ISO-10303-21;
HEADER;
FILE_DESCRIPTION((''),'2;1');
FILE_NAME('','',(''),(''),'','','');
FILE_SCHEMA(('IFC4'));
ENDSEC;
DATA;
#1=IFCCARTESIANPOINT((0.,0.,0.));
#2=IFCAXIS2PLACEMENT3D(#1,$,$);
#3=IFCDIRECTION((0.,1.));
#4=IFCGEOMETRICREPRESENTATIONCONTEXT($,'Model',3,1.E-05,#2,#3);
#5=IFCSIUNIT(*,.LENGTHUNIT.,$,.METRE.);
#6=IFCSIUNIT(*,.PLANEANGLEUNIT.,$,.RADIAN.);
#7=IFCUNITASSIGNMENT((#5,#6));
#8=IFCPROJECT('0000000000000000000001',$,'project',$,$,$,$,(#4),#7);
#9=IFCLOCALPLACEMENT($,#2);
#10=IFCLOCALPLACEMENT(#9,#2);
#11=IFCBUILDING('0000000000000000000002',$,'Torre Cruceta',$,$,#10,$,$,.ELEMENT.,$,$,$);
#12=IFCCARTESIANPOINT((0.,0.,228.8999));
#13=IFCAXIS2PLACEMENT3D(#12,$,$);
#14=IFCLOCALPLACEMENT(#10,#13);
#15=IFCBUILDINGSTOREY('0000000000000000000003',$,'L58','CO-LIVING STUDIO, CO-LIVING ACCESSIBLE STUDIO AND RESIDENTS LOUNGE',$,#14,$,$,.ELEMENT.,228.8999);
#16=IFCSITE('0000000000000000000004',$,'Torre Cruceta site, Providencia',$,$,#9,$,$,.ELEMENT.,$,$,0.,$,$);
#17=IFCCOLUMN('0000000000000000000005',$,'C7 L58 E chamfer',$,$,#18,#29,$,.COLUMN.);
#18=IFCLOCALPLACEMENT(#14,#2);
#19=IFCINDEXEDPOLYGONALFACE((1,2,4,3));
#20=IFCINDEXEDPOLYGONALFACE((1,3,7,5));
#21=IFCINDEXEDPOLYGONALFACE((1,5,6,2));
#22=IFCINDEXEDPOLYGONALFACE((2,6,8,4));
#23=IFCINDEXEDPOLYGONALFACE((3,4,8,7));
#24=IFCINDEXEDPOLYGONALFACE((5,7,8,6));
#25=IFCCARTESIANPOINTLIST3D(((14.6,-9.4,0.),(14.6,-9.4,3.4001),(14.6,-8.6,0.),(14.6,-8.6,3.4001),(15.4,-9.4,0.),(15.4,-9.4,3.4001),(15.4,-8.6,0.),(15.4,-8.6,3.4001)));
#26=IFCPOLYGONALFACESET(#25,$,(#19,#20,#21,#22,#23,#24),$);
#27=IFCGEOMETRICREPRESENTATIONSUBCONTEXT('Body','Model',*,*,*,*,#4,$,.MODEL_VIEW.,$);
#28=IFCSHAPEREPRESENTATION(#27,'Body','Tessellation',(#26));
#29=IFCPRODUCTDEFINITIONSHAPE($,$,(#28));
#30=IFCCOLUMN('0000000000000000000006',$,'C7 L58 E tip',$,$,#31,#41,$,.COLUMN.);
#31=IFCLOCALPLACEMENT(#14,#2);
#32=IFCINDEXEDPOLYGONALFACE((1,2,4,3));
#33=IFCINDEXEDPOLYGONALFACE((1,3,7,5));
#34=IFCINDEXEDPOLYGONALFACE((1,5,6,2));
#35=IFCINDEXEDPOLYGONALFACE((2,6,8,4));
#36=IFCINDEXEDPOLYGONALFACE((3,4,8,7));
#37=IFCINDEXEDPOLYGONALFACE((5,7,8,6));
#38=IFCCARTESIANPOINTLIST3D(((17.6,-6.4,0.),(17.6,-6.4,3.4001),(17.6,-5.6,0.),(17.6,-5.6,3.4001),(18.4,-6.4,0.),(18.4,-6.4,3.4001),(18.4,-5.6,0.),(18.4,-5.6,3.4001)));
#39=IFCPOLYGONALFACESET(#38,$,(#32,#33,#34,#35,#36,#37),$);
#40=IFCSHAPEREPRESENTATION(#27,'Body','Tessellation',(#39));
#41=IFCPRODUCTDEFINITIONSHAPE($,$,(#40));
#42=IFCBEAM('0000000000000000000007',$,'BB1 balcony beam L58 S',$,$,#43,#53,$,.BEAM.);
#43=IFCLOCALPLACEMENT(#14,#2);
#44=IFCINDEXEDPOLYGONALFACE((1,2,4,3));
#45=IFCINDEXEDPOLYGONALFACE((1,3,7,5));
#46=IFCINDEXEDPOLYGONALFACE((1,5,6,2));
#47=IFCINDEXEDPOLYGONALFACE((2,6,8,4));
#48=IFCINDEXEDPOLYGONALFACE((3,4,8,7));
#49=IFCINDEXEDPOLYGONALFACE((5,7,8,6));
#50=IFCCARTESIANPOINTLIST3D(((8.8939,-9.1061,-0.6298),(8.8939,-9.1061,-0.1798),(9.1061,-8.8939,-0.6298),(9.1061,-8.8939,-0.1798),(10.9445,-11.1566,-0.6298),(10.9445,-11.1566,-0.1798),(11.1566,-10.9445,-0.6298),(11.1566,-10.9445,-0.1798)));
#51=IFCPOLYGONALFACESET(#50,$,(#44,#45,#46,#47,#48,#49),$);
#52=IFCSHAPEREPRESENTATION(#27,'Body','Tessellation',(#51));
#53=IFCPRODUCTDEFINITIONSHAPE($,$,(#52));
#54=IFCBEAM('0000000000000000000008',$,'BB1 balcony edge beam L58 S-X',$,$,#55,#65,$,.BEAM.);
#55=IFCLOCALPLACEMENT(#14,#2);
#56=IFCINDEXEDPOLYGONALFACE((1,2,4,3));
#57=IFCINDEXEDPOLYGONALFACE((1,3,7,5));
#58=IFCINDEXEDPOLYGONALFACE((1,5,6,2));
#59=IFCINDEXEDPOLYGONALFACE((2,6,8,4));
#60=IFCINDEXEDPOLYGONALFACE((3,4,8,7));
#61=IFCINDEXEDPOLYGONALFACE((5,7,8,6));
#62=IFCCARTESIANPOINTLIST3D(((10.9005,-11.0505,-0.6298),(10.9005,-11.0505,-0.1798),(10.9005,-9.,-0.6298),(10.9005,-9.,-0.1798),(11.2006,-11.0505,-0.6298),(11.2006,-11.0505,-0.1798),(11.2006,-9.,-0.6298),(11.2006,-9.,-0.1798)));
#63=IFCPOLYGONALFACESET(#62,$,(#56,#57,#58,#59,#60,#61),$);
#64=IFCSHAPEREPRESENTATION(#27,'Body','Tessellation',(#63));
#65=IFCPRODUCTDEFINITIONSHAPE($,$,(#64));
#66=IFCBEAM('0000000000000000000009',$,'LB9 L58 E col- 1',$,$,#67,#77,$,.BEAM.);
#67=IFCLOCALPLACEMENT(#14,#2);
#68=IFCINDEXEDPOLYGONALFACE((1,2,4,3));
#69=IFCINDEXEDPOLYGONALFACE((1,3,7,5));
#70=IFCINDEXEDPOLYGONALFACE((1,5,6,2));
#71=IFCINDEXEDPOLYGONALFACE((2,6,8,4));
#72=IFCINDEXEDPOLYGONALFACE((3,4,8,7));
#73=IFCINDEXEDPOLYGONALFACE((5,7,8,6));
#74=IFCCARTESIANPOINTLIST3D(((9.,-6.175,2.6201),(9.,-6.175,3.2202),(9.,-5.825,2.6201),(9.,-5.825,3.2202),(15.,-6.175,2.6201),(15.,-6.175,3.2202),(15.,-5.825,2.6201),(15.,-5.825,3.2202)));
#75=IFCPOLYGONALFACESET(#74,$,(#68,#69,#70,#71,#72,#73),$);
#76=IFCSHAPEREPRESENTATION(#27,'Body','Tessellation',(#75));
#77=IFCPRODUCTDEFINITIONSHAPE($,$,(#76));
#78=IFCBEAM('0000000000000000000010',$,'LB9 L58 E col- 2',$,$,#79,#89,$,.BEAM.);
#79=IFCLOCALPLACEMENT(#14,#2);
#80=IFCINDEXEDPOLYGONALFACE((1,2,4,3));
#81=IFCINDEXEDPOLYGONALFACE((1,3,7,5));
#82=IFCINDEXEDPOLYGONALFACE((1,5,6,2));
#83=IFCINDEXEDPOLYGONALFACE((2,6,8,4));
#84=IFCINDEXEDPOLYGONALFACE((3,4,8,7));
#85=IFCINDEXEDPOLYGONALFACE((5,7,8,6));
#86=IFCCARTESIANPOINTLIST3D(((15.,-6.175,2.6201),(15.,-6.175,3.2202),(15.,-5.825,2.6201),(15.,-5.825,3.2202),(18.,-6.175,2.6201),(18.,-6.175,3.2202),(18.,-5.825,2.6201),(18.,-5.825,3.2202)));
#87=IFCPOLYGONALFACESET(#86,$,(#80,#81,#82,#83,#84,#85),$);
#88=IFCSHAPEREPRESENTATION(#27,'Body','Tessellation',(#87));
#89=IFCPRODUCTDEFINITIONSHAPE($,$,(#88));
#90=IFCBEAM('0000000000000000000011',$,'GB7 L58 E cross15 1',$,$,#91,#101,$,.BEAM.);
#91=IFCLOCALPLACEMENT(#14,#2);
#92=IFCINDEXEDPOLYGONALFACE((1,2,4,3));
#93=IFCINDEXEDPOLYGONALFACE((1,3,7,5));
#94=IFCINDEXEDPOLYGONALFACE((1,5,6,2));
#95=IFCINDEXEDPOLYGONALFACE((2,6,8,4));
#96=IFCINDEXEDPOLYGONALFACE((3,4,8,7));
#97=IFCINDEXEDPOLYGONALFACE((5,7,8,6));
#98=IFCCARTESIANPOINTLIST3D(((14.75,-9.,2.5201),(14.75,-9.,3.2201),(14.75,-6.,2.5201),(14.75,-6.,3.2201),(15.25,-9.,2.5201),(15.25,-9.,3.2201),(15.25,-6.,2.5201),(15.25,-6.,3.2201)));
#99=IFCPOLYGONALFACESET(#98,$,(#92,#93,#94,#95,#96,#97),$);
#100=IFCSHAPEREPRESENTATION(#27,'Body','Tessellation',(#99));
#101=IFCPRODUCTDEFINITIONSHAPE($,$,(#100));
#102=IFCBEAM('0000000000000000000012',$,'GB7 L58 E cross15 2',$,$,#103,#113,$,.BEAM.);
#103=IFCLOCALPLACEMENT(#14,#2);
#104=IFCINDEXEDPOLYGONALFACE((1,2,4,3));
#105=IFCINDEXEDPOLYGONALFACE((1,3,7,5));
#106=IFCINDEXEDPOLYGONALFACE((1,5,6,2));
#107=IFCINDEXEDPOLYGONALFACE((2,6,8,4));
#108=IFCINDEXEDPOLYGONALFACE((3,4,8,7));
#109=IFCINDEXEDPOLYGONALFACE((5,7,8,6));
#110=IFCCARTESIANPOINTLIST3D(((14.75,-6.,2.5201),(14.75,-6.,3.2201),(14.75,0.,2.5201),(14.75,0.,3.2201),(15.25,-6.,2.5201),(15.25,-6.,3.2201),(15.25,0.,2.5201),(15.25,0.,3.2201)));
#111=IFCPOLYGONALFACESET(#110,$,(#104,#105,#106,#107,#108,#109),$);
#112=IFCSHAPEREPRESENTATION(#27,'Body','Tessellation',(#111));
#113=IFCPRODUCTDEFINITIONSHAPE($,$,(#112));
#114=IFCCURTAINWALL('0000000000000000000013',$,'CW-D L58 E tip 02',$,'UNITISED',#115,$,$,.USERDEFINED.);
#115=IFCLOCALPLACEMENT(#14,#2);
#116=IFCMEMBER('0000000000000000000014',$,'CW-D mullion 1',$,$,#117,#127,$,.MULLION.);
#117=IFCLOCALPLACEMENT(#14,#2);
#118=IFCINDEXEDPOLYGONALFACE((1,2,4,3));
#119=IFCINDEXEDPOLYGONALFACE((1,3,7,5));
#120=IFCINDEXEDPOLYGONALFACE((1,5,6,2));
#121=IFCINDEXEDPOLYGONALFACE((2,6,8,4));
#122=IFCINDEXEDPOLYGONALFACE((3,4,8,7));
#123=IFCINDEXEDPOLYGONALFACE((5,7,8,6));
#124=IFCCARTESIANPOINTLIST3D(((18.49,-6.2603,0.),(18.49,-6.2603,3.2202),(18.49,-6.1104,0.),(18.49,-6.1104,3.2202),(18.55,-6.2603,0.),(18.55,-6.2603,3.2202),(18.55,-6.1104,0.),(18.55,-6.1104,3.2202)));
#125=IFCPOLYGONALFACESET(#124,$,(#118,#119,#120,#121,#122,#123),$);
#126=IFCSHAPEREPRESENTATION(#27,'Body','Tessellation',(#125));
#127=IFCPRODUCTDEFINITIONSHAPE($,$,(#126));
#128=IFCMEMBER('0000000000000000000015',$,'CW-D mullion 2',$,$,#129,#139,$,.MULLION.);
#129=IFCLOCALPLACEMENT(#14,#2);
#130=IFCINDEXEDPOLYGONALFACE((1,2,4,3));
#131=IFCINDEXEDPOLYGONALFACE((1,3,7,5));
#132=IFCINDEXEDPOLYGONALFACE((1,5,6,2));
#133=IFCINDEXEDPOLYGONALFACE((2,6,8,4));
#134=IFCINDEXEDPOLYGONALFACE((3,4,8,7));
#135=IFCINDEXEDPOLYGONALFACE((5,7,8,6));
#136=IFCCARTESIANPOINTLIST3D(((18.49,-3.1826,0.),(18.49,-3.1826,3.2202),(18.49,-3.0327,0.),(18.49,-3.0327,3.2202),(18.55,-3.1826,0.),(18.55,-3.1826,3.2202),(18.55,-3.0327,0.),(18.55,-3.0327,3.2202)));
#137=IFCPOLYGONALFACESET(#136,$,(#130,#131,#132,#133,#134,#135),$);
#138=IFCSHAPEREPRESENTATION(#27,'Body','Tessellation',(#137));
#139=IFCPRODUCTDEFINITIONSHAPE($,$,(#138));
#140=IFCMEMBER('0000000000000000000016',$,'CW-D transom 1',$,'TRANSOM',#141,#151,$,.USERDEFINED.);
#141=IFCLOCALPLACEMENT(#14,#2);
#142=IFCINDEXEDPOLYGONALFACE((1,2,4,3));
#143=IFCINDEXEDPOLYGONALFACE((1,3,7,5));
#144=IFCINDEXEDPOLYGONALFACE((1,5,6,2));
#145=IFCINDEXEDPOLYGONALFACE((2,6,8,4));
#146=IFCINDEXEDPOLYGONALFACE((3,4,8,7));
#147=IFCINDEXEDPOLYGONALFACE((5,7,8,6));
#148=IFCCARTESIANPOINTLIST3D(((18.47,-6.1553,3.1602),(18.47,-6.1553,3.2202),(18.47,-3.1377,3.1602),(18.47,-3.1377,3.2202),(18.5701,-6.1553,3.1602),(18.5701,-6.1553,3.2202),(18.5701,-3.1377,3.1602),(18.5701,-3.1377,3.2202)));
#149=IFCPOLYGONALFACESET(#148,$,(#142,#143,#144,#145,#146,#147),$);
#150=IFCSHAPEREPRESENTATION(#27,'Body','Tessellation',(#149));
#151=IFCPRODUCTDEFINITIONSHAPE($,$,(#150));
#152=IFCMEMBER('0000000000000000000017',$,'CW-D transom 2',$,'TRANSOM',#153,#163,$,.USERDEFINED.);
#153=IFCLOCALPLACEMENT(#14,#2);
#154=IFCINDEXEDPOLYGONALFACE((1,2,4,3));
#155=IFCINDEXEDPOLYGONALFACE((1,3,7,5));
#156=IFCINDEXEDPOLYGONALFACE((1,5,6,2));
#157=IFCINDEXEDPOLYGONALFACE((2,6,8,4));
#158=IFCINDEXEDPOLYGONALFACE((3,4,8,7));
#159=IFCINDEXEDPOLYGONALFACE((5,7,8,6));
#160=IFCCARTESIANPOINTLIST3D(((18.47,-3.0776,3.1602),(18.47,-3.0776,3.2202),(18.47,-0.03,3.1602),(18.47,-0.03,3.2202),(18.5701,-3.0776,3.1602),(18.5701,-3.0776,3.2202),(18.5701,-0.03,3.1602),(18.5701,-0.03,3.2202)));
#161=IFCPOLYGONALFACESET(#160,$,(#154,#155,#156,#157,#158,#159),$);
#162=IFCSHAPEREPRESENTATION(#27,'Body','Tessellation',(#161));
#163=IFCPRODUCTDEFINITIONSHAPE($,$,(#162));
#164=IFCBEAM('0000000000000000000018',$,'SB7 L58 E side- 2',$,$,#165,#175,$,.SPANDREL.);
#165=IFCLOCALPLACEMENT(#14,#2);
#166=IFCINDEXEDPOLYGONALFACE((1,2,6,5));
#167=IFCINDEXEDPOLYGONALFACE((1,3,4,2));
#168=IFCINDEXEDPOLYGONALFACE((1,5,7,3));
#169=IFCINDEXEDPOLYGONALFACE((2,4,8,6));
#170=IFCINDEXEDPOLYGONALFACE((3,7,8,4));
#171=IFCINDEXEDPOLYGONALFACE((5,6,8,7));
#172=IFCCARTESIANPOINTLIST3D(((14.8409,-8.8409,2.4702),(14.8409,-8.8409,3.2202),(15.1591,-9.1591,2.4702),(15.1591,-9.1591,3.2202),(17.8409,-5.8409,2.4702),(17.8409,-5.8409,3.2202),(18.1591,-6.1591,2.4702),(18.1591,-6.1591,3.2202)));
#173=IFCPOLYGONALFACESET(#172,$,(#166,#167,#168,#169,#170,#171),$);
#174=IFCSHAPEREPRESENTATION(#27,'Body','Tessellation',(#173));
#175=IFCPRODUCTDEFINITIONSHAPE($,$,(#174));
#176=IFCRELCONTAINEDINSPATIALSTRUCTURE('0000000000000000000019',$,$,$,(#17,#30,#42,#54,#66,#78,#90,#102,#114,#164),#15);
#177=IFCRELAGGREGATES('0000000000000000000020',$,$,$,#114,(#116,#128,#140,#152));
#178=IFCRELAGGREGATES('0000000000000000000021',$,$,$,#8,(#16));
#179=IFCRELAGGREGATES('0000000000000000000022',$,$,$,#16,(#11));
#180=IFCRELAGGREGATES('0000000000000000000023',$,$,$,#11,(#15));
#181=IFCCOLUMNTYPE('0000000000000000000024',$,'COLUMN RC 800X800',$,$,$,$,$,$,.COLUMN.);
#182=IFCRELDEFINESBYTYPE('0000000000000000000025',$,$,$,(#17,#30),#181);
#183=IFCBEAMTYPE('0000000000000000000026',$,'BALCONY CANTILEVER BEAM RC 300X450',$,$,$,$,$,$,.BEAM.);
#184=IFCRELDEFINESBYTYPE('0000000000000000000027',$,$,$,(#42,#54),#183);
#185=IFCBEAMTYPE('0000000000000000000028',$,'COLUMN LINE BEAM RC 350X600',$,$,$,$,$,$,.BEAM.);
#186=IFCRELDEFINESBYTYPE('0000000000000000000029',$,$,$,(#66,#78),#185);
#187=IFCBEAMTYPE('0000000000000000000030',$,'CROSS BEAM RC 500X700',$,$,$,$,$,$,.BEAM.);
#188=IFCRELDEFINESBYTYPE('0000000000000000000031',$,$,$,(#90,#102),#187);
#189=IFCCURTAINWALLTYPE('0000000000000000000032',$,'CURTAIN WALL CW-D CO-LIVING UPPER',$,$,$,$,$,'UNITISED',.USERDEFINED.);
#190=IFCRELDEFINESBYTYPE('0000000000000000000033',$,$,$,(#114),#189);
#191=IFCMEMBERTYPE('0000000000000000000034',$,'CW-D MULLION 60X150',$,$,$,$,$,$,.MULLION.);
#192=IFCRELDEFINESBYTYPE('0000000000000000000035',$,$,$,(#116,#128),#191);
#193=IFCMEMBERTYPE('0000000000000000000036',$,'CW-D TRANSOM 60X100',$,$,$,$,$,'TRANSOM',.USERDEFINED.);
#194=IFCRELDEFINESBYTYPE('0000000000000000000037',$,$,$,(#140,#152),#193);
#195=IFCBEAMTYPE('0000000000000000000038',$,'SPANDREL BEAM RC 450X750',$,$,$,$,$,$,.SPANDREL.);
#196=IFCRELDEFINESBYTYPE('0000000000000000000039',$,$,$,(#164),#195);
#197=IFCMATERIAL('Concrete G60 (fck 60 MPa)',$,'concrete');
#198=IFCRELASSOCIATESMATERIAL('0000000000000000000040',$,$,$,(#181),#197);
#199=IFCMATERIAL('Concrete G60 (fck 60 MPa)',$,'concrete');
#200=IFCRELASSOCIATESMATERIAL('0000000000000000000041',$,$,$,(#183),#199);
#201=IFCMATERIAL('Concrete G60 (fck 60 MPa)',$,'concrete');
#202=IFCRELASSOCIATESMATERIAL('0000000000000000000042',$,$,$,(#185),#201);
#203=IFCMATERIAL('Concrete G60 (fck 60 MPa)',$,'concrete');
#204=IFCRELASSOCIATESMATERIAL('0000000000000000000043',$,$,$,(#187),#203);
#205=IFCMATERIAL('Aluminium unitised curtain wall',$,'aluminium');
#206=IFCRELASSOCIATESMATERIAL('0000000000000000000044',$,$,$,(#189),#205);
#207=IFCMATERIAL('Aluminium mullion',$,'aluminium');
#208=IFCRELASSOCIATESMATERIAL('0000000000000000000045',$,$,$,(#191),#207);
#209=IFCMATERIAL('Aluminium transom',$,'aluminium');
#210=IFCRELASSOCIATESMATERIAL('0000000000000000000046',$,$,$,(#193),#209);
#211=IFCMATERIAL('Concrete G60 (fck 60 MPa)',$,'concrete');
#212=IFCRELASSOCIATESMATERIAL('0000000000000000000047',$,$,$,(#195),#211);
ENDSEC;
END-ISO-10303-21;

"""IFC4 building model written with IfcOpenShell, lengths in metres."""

from ifc_helpers import new_model, si_unit, direction, frame, origin, origin_2d, place, context, subcontext, project, spatial, rectangle, extrude, material, material_profile, profile_set, type_object, element, aggregate, save


model = new_model("IFC4")

# Units and contexts
model_context = context("Model", 3, precision=1e-05, world=origin(), true_north=direction((0.0, 1.0)))
body_context = subcontext(model_context, "Body", "Model", "MODEL_VIEW")
ifc_project = project(units=[si_unit("LENGTHUNIT", "METRE"), si_unit("PLANEANGLEUNIT", "RADIAN")], contexts=[model_context])

# Site, building, storey
site_placement = place(None, origin())
site = spatial("IfcSite", under=ifc_project, at=site_placement, Name="Torre Cruceta site, Providencia", CompositionType="ELEMENT", RefElevation=0.0)
building_placement = place(site_placement, origin())
building = spatial("IfcBuilding", under=site, at=building_placement, Name="Torre Cruceta", CompositionType="ELEMENT")
storey_placement = place(building_placement, frame((0.0, 0.0, 228.8999)))
storey = spatial("IfcBuildingStorey", under=building, at=storey_placement, Name="L58", Description="CO-LIVING STUDIO, CO-LIVING ACCESSIBLE STUDIO AND RESIDENTS LOUNGE", CompositionType="ELEMENT", Elevation=228.8999)

# Columns
ifc_material_1 = material(Name="Concrete G60 (fck 60 MPa)", Category="concrete")
ifc_material_profile_1 = material_profile(ifc_material_1, rectangle(XDim=0.8, YDim=0.8, at=origin_2d()), Name="RC 800X800")
ifc_profile_set_1 = profile_set([ifc_material_profile_1], Name="Concrete G60 (fck 60 MPa)")
column_type = type_object("IfcColumnType", Name="COLUMN RC 800X800", PredefinedType="COLUMN", material=ifc_profile_set_1)
for number, where, z_axis, x_axis, name in (
    (1, (15.0, -9.0, 0.0), (0.0, 0.0, 1.0), (1.0, 0.0, 0.0), "C7 L58 E chamfer"),
    (2, (18.0, -6.0, 0.0), (0.0, 0.0, 1.0), (1.0, 0.0, 0.0), "C7 L58 E tip"),
):
    element("IfcColumn", number, at=place(storey_placement, frame(where, z_axis=z_axis, x_axis=x_axis)), inside=storey, type_object=column_type, Name=name, PredefinedType="COLUMN", context=body_context, shape_type="SweptSolid", body=[
        extrude(rectangle(XDim=0.8, YDim=0.8, at=origin_2d()), origin(), (0.0, 0.0, 1.0), 3.4001),
    ])

# Beams
ifc_material_2 = material(Name="Concrete G60 (fck 60 MPa)", Category="concrete")
ifc_material_profile_2 = material_profile(ifc_material_2, rectangle(XDim=0.3, YDim=0.45, at=origin_2d()), Name="RC 300X450")
ifc_profile_set_2 = profile_set([ifc_material_profile_2], Name="Concrete G60 (fck 60 MPa)")
beam_type_1 = type_object("IfcBeamType", Name="BALCONY CANTILEVER BEAM RC 300X450", PredefinedType="BEAM", material=ifc_profile_set_2)
beam_1_placement = place(storey_placement, frame((9.0, -9.0, -0.4048), z_axis=(0.707107, -0.707107, 0.0), x_axis=(0.707107, 0.707107, 0.0)))
element("IfcBeam", 3, at=beam_1_placement, inside=storey, type_object=beam_type_1, Name="BB1 balcony beam L58 S", PredefinedType="BEAM", context=body_context, shape_type="SweptSolid", body=[
    extrude(rectangle(XDim=0.3, YDim=0.45, at=origin_2d()), origin(), (0.0, 0.0, 1.0), 2.8999),
])
beam_2_placement = place(storey_placement, frame((11.0505, -9.0, -0.4048), z_axis=(0.0, -1.0, 0.0), x_axis=(1.0, 0.0, 0.0)))
element("IfcBeam", 4, at=beam_2_placement, inside=storey, type_object=beam_type_1, Name="BB1 balcony edge beam L58 S-X", PredefinedType="BEAM", context=body_context, shape_type="SweptSolid", body=[
    extrude(rectangle(XDim=0.3, YDim=0.45, at=origin_2d()), origin(), (0.0, 0.0, 1.0), 2.0505),
])
ifc_material_3 = material(Name="Concrete G60 (fck 60 MPa)", Category="concrete")
ifc_material_profile_3 = material_profile(ifc_material_3, rectangle(XDim=0.3501, YDim=0.6001, at=origin_2d()), Name="RC 350X600")
ifc_profile_set_3 = profile_set([ifc_material_profile_3], Name="Concrete G60 (fck 60 MPa)")
beam_type_2 = type_object("IfcBeamType", Name="COLUMN LINE BEAM RC 350X600", PredefinedType="BEAM", material=ifc_profile_set_3)
beam_3_placement = place(storey_placement, frame((9.0, -6.0, 2.9202), z_axis=(1.0, 0.0, 0.0), x_axis=(0.0, 1.0, 0.0)))
element("IfcBeam", 5, at=beam_3_placement, inside=storey, type_object=beam_type_2, Name="LB9 L58 E col- 1", PredefinedType="BEAM", context=body_context, shape_type="SweptSolid", body=[
    extrude(rectangle(XDim=0.3501, YDim=0.6001, at=origin_2d()), origin(), (0.0, 0.0, 1.0), 6.0),
])
beam_4_placement = place(storey_placement, frame((15.0, -6.0, 2.9202), z_axis=(1.0, 0.0, 0.0), x_axis=(0.0, 1.0, 0.0)))
element("IfcBeam", 6, at=beam_4_placement, inside=storey, type_object=beam_type_2, Name="LB9 L58 E col- 2", PredefinedType="BEAM", context=body_context, shape_type="SweptSolid", body=[
    extrude(rectangle(XDim=0.3501, YDim=0.6001, at=origin_2d()), origin(), (0.0, 0.0, 1.0), 3.0),
])
ifc_material_4 = material(Name="Concrete G60 (fck 60 MPa)", Category="concrete")
ifc_material_profile_4 = material_profile(ifc_material_4, rectangle(XDim=0.5, YDim=0.7, at=origin_2d()), Name="RC 500X700")
ifc_profile_set_4 = profile_set([ifc_material_profile_4], Name="Concrete G60 (fck 60 MPa)")
beam_type_3 = type_object("IfcBeamType", Name="CROSS BEAM RC 500X700", PredefinedType="BEAM", material=ifc_profile_set_4)
beam_5_placement = place(storey_placement, frame((15.0, -9.0, 2.8701), z_axis=(0.0, 1.0, 0.0), x_axis=(-1.0, 0.0, 0.0)))
element("IfcBeam", 7, at=beam_5_placement, inside=storey, type_object=beam_type_3, Name="GB7 L58 E cross15 1", PredefinedType="BEAM", context=body_context, shape_type="SweptSolid", body=[
    extrude(rectangle(XDim=0.5, YDim=0.7, at=origin_2d()), origin(), (0.0, 0.0, 1.0), 3.0),
])
beam_6_placement = place(storey_placement, frame((15.0, -6.0, 2.8701), z_axis=(0.0, 1.0, 0.0), x_axis=(-1.0, 0.0, 0.0)))
element("IfcBeam", 8, at=beam_6_placement, inside=storey, type_object=beam_type_3, Name="GB7 L58 E cross15 2", PredefinedType="BEAM", context=body_context, shape_type="SweptSolid", body=[
    extrude(rectangle(XDim=0.5, YDim=0.7, at=origin_2d()), origin(), (0.0, 0.0, 1.0), 6.0),
])

# Curtain wall, members
ifc_material_5 = material(Name="Aluminium unitised curtain wall", Category="aluminium")
curtain_wall_type = type_object("IfcCurtainWallType", Name="CURTAIN WALL CW-D CO-LIVING UPPER", ElementType="UNITISED", PredefinedType="USERDEFINED", material=ifc_material_5)
curtain_wall_placement = place(storey_placement, origin())
curtain_wall = element("IfcCurtainWall", 9, at=curtain_wall_placement, inside=storey, type_object=curtain_wall_type, Name="CW-D L58 E tip 02", ObjectType="UNITISED", PredefinedType="USERDEFINED")
ifc_material_6 = material(Name="Aluminium mullion", Category="aluminium")
ifc_material_profile_5 = material_profile(ifc_material_6, rectangle(XDim=0.0601, YDim=0.1499, at=origin_2d()), Name="AL 60X150")
ifc_profile_set_5 = profile_set([ifc_material_profile_5], Name="Aluminium mullion")
member_type_1 = type_object("IfcMemberType", Name="CW-D MULLION 60X150", PredefinedType="MULLION", material=ifc_profile_set_5)
member_1_placement = place(storey_placement, frame((18.52, -6.1853, 0.0), z_axis=(0.0, 0.0, 1.0), x_axis=(-1.0, 0.0, 0.0)))
member_1 = element("IfcMember", 10, at=member_1_placement, type_object=member_type_1, Name="CW-D mullion 1", PredefinedType="MULLION", context=body_context, shape_type="SweptSolid", body=[
    extrude(rectangle(XDim=0.0601, YDim=0.1499, at=origin_2d()), origin(), (0.0, 0.0, 1.0), 3.2202),
])
member_2_placement = place(storey_placement, frame((18.52, -3.1077, 0.0), z_axis=(0.0, 0.0, 1.0), x_axis=(-1.0, 0.0, 0.0)))
member_2 = element("IfcMember", 11, at=member_2_placement, type_object=member_type_1, Name="CW-D mullion 2", PredefinedType="MULLION", context=body_context, shape_type="SweptSolid", body=[
    extrude(rectangle(XDim=0.0601, YDim=0.1499, at=origin_2d()), origin(), (0.0, 0.0, 1.0), 3.2202),
])
ifc_material_7 = material(Name="Aluminium transom", Category="aluminium")
ifc_material_profile_6 = material_profile(ifc_material_7, rectangle(XDim=0.1001, YDim=0.0601, at=origin_2d()), Name="AL 100X60")
ifc_profile_set_6 = profile_set([ifc_material_profile_6], Name="Aluminium transom")
member_type_2 = type_object("IfcMemberType", Name="CW-D TRANSOM 60X100", ElementType="TRANSOM", PredefinedType="USERDEFINED", material=ifc_profile_set_6)
member_3_placement = place(storey_placement, frame((18.52, -6.1553, 3.1902), z_axis=(0.0, 1.0, 0.0), x_axis=(-1.0, 0.0, 0.0)))
member_3 = element("IfcMember", 12, at=member_3_placement, type_object=member_type_2, Name="CW-D transom 1", ObjectType="TRANSOM", PredefinedType="USERDEFINED", context=body_context, shape_type="SweptSolid", body=[
    extrude(rectangle(XDim=0.1001, YDim=0.0601, at=origin_2d()), origin(), (0.0, 0.0, 1.0), 3.0176),
])
member_4_placement = place(storey_placement, frame((18.52, -3.0776, 3.1902), z_axis=(0.0, 1.0, 0.0), x_axis=(-1.0, 0.0, 0.0)))
member_4 = element("IfcMember", 13, at=member_4_placement, type_object=member_type_2, Name="CW-D transom 2", ObjectType="TRANSOM", PredefinedType="USERDEFINED", context=body_context, shape_type="SweptSolid", body=[
    extrude(rectangle(XDim=0.1001, YDim=0.0601, at=origin_2d()), origin(), (0.0, 0.0, 1.0), 3.0476),
])

# Beam
ifc_material_8 = material(Name="Concrete G60 (fck 60 MPa)", Category="concrete")
ifc_material_profile_7 = material_profile(ifc_material_8, rectangle(XDim=0.45, YDim=0.75, at=origin_2d()), Name="RC 450X750")
ifc_profile_set_7 = profile_set([ifc_material_profile_7], Name="Concrete G60 (fck 60 MPa)")
beam_type_4 = type_object("IfcBeamType", Name="SPANDREL BEAM RC 450X750", PredefinedType="SPANDREL", material=ifc_profile_set_7)
beam_7_placement = place(storey_placement, frame((15.0, -9.0, 2.8452), z_axis=(0.707107, 0.707107, 0.0), x_axis=(-0.707107, 0.707107, 0.0)))
element("IfcBeam", 14, at=beam_7_placement, inside=storey, type_object=beam_type_4, Name="SB7 L58 E side- 2", PredefinedType="SPANDREL", context=body_context, shape_type="SweptSolid", body=[
    extrude(rectangle(XDim=0.45, YDim=0.75, at=origin_2d()), origin(), (0.0, 0.0, 1.0), 4.2427),
])

aggregate(curtain_wall, [member_1, member_2, member_3, member_4])

save(model, "model.ifc")
